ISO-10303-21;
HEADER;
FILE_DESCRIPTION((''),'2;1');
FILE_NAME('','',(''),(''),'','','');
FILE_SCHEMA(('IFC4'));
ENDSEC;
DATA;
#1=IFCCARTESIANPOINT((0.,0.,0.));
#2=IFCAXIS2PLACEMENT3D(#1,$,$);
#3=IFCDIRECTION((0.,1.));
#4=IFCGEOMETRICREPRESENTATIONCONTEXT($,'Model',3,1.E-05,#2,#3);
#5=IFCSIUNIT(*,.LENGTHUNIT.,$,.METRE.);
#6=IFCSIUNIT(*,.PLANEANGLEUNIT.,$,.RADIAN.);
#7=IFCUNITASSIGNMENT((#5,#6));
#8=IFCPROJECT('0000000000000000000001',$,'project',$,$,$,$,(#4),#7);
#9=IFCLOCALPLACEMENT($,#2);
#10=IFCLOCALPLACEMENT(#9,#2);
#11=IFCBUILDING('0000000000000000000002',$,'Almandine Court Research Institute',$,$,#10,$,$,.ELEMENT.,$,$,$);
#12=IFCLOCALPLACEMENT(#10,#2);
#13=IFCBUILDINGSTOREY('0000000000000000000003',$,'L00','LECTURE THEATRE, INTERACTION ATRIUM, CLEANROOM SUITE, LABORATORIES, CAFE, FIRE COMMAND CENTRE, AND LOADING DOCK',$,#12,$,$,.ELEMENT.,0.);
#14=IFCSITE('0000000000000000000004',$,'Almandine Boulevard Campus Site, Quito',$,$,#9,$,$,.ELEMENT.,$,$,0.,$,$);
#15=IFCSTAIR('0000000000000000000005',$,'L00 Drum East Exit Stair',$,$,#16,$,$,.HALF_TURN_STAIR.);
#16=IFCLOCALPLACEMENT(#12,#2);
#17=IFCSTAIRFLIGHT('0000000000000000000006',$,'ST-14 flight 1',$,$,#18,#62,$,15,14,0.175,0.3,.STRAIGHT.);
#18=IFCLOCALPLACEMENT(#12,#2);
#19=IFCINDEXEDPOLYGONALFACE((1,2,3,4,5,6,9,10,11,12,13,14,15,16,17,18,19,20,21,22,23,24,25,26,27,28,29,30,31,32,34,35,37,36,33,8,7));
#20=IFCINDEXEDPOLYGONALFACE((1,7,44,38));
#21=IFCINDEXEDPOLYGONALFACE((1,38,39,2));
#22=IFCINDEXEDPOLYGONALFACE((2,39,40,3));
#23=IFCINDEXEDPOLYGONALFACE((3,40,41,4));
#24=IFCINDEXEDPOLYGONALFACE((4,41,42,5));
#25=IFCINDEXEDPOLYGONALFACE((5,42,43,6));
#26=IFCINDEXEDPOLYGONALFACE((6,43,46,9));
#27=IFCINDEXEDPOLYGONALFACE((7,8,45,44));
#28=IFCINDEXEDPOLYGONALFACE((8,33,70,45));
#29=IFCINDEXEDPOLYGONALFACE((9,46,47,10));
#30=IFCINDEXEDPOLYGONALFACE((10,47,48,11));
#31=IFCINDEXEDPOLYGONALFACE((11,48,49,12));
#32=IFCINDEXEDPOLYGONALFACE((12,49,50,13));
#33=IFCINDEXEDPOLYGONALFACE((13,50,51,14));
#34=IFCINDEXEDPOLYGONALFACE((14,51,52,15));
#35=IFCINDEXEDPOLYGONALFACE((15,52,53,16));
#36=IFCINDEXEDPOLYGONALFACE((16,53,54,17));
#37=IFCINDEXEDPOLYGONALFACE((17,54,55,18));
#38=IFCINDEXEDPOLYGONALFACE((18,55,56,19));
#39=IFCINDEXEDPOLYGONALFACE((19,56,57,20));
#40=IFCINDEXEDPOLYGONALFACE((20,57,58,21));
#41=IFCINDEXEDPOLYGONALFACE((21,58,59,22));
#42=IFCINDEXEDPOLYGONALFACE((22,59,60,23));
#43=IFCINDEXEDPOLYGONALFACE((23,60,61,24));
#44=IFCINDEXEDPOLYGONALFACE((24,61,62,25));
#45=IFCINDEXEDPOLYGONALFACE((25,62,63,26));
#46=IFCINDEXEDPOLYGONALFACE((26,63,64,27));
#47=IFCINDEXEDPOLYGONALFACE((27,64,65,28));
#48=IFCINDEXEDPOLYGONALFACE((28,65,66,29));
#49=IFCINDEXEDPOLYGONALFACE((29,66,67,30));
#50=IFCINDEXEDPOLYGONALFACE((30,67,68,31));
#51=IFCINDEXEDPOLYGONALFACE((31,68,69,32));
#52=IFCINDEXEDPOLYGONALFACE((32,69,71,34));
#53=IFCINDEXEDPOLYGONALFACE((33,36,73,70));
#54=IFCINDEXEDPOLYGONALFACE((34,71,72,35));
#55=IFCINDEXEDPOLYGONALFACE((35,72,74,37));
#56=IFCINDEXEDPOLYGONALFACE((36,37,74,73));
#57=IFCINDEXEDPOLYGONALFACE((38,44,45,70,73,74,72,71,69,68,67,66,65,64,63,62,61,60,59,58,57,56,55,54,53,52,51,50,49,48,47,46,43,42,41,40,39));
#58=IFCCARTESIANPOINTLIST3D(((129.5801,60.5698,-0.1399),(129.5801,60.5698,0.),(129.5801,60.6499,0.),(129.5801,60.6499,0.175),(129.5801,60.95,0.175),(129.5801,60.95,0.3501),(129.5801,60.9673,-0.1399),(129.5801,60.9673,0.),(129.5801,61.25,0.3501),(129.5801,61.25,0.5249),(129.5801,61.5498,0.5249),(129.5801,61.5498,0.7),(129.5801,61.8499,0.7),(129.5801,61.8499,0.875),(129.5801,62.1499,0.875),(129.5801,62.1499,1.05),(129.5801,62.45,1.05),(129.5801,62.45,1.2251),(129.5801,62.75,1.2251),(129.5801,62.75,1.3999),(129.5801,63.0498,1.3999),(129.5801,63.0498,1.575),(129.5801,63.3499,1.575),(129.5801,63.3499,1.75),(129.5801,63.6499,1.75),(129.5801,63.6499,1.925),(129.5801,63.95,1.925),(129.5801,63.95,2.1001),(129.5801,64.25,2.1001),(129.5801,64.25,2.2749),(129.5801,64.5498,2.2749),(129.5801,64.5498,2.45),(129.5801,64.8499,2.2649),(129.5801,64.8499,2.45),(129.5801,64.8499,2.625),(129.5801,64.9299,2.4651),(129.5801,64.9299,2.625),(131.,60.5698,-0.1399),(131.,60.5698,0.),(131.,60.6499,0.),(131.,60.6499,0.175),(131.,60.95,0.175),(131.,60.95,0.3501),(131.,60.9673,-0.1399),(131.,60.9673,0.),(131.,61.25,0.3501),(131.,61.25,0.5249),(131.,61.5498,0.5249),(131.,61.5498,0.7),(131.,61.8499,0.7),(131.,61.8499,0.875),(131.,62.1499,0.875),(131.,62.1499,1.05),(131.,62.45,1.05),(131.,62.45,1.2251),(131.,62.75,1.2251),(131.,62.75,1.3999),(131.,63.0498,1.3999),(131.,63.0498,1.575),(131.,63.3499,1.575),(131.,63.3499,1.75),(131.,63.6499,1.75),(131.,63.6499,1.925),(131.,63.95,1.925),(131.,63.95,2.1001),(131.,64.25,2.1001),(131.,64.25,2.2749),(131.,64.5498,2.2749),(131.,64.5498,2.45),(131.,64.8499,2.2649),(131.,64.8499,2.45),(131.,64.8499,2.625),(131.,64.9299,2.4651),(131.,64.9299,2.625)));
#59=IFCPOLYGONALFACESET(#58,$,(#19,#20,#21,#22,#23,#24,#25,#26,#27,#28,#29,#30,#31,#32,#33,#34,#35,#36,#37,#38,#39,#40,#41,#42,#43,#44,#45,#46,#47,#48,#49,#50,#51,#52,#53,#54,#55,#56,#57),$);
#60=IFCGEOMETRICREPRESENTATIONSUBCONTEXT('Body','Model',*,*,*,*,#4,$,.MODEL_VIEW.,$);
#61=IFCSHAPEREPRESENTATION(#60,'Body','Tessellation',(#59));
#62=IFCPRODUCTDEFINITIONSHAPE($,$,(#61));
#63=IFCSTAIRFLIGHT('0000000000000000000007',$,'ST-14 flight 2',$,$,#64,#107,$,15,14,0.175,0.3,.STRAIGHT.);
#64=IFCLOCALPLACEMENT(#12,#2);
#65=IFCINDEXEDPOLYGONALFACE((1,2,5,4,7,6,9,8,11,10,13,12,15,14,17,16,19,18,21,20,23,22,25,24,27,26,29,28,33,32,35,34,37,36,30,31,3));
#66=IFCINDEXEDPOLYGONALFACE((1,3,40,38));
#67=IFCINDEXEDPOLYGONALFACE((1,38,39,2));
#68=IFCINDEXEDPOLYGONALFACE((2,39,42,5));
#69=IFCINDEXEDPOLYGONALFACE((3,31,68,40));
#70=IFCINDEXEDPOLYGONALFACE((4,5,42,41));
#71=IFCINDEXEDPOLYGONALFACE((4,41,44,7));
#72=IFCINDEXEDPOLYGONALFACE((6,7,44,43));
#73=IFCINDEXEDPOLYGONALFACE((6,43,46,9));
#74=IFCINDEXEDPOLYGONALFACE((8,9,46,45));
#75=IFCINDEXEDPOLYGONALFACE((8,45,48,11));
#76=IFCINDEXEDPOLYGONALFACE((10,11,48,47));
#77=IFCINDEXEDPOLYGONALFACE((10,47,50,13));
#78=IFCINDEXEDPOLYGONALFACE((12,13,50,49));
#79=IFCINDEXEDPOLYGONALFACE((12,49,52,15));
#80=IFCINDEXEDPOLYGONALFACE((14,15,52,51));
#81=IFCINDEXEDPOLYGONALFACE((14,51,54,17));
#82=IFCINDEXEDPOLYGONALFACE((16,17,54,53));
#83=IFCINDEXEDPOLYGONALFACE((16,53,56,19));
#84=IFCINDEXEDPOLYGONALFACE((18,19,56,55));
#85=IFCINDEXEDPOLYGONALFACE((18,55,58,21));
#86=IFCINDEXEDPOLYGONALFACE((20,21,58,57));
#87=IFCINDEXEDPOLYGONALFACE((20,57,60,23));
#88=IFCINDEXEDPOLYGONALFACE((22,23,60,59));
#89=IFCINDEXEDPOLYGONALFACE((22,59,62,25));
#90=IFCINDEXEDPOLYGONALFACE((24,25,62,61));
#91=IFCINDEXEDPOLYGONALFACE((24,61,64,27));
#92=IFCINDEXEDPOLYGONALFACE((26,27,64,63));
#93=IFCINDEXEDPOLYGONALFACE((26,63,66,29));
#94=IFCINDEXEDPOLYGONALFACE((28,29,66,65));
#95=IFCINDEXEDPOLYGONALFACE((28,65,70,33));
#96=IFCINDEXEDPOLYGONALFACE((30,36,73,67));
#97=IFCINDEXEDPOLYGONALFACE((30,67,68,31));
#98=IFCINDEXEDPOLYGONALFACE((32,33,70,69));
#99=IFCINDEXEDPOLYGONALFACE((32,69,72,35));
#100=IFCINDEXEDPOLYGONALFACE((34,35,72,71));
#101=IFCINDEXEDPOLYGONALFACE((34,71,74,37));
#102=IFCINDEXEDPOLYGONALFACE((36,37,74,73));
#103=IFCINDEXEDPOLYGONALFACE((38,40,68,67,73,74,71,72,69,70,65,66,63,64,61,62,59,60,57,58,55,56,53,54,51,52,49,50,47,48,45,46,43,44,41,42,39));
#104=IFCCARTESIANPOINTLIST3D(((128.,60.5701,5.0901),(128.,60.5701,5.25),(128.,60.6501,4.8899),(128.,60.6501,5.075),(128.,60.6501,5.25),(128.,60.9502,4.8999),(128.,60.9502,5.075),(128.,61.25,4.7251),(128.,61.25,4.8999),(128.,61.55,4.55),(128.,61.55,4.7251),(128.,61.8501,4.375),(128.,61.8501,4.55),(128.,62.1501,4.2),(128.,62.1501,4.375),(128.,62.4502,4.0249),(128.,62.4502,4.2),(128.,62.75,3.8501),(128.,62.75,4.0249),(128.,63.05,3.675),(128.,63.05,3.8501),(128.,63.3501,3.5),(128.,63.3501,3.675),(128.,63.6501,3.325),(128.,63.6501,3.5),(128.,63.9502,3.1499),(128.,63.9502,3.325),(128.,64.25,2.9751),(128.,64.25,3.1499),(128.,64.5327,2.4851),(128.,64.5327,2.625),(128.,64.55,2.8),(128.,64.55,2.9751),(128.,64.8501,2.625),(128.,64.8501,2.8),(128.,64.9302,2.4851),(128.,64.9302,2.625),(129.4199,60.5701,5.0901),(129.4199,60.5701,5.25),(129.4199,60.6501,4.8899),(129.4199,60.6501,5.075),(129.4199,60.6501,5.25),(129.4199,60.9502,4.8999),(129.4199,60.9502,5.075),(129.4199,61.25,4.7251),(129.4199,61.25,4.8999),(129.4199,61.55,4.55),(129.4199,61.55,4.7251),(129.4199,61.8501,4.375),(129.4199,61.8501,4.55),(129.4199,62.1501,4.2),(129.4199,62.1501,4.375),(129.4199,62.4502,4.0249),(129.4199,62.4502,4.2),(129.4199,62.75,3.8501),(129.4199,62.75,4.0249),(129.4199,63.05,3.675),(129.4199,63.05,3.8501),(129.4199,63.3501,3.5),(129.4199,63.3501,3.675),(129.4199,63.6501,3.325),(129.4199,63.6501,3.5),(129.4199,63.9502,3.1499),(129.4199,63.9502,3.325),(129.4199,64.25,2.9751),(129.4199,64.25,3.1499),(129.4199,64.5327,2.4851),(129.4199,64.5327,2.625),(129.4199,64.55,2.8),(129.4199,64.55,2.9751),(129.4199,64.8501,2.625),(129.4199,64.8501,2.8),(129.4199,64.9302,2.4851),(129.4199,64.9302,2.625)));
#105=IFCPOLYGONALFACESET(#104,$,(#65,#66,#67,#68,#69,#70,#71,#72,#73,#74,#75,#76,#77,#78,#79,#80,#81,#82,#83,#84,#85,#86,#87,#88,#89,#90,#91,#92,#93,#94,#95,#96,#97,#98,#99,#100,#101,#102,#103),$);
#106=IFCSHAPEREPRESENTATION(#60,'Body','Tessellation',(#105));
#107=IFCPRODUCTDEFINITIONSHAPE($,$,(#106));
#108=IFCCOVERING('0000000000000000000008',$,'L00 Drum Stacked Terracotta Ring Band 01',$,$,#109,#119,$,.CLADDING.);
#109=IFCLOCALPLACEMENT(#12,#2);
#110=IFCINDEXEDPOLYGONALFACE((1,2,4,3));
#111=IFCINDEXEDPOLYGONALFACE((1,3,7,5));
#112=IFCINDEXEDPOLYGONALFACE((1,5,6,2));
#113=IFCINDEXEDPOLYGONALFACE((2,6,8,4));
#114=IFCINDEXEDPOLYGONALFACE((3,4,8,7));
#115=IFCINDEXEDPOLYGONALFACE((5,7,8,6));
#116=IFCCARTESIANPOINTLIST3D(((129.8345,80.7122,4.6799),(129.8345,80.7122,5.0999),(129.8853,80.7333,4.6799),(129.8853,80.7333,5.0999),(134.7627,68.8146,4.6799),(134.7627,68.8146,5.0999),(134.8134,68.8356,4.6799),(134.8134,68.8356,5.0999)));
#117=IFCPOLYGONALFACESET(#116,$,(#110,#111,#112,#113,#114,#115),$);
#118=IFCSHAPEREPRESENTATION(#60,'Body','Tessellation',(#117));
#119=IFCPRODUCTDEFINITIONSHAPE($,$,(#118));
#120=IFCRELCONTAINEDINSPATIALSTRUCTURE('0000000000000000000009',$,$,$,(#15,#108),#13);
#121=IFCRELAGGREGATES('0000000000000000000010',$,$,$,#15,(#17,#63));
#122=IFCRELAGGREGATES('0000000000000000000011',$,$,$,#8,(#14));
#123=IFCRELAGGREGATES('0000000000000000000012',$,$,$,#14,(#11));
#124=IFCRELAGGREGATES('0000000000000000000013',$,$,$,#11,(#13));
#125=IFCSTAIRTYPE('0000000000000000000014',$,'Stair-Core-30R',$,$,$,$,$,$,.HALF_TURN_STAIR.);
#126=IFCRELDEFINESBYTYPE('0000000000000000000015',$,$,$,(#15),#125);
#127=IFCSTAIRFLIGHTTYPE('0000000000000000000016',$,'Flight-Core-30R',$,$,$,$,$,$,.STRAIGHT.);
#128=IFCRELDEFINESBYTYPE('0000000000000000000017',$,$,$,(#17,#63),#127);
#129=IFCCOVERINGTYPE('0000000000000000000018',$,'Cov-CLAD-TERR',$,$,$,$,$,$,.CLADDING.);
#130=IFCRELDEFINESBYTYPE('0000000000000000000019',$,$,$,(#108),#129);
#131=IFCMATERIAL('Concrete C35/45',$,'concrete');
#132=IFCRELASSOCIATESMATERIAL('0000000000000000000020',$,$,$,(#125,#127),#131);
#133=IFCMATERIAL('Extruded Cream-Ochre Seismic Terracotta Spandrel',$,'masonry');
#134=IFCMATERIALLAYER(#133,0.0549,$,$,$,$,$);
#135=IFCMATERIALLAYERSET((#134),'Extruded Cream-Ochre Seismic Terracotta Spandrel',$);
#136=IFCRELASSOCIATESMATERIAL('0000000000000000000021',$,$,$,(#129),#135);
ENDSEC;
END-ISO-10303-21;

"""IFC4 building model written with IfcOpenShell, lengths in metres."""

from ifc_helpers import new_model, si_unit, direction, frame, origin, origin_2d, place, context, subcontext, project, spatial, polyline, rectangle, outline, extrude, material, layer, layer_set, type_object, element, aggregate, save


model = new_model("IFC4")

# Units and contexts
model_context = context("Model", 3, precision=1e-05, world=origin(), true_north=direction((0.0, 1.0)))
body_context = subcontext(model_context, "Body", "Model", "MODEL_VIEW")
ifc_project = project(units=[si_unit("LENGTHUNIT", "METRE"), si_unit("PLANEANGLEUNIT", "RADIAN")], contexts=[model_context])

# Site, building, storey
site_placement = place(None, origin())
site = spatial("IfcSite", under=ifc_project, at=site_placement, Name="Almandine Boulevard Campus Site, Quito", CompositionType="ELEMENT", RefElevation=0.0)
building_placement = place(site_placement, origin())
building = spatial("IfcBuilding", under=site, at=building_placement, Name="Almandine Court Research Institute", CompositionType="ELEMENT")
storey_placement = place(building_placement, origin())
storey = spatial("IfcBuildingStorey", under=building, at=storey_placement, Name="L00", Description="LECTURE THEATRE, INTERACTION ATRIUM, CLEANROOM SUITE, LABORATORIES, CAFE, FIRE COMMAND CENTRE, AND LOADING DOCK", CompositionType="ELEMENT", Elevation=0.0)

# Stair, stair flights
ifc_material_1 = material(Name="Concrete C35/45", Category="concrete")
stair_type = type_object("IfcStairType", Name="Stair-Core-30R", PredefinedType="HALF_TURN_STAIR", material=ifc_material_1)
stair_placement = place(storey_placement, origin())
stair = element("IfcStair", 1, at=stair_placement, inside=storey, type_object=stair_type, Name="L00 Drum East Exit Stair", PredefinedType="HALF_TURN_STAIR")
stair_flight_type = type_object("IfcStairFlightType", Name="Flight-Core-30R", PredefinedType="STRAIGHT", material=ifc_material_1)
stair_flight_1_placement = place(storey_placement, frame((130.29, 60.6499, 0.0), z_axis=(0.0, 0.0, 1.0), x_axis=(0.0, 1.0, 0.0)))
stair_flight_1 = element("IfcStairFlight", 2, at=stair_flight_1_placement, type_object=stair_flight_type, Name="ST-14 flight 1", NumberOfRisers=15, NumberOfTreads=14, PredefinedType="STRAIGHT", RiserHeight=0.175, TreadLength=0.3, context=body_context, shape_type="SweptSolid", body=[
    extrude(outline(polyline([(-0.0801, -0.1399), (-0.0801, 0.0), (0.0, 0.0), (0.0, 0.175), (0.3, 0.175), (0.3, 0.3501), (0.6001, 0.3501), (0.6001, 0.5249), (0.8999, 0.5249), (0.8999, 0.7), (1.2, 0.7), (1.2, 0.875), (1.5, 0.875), (1.5, 1.05), (1.8, 1.05), (1.8, 1.2251), (2.1001, 1.2251), (2.1001, 1.3999), (2.3999, 1.3999), (2.3999, 1.575), (2.7, 1.575), (2.7, 1.75), (3.0, 1.75), (3.0, 1.925), (3.3, 1.925), (3.3, 2.1001), (3.6001, 2.1001), (3.6001, 2.2749), (3.8999, 2.2749), (3.8999, 2.45), (4.2, 2.45), (4.2, 2.625), (4.28, 2.625), (4.28, 2.4651), (4.2, 2.2649), (0.3174, 0.0), (0.3174, -0.1399), (-0.0801, -0.1399)])), frame((0.0, 0.71, 0.0), z_axis=(0.0, -1.0, 0.0), x_axis=(1.0, 0.0, 0.0)), (0.0, 0.0, 1.0), 1.4199),
])
stair_flight_2_placement = place(storey_placement, frame((128.71, 64.8501, 2.625), z_axis=(0.0, 0.0, 1.0), x_axis=(0.0, -1.0, 0.0)))
stair_flight_2 = element("IfcStairFlight", 3, at=stair_flight_2_placement, type_object=stair_flight_type, Name="ST-14 flight 2", NumberOfRisers=15, NumberOfTreads=14, PredefinedType="STRAIGHT", RiserHeight=0.175, TreadLength=0.3, context=body_context, shape_type="SweptSolid", body=[
    extrude(outline(polyline([(-0.0801, -0.1399), (-0.0801, 0.0), (0.0, 0.0), (0.0, 0.175), (0.3, 0.175), (0.3, 0.3501), (0.6001, 0.3501), (0.6001, 0.5249), (0.8999, 0.5249), (0.8999, 0.7), (1.2, 0.7), (1.2, 0.875), (1.5, 0.875), (1.5, 1.05), (1.8, 1.05), (1.8, 1.2251), (2.1001, 1.2251), (2.1001, 1.3999), (2.3999, 1.3999), (2.3999, 1.575), (2.7, 1.575), (2.7, 1.75), (3.0, 1.75), (3.0, 1.925), (3.3, 1.925), (3.3, 2.1001), (3.6001, 2.1001), (3.6001, 2.2749), (3.8999, 2.2749), (3.8999, 2.45), (4.2, 2.45), (4.2, 2.625), (4.28, 2.625), (4.28, 2.4651), (4.2, 2.2649), (0.3174, 0.0), (0.3174, -0.1399), (-0.0801, -0.1399)])), frame((0.0, 0.71, 0.0), z_axis=(0.0, -1.0, 0.0), x_axis=(1.0, 0.0, 0.0)), (0.0, 0.0, 1.0), 1.4199),
])
aggregate(stair, [stair_flight_1, stair_flight_2])

# Covering
ifc_material_2 = material(Name="Extruded Cream-Ochre Seismic Terracotta Spandrel", Category="masonry")
ifc_layer_1 = layer(ifc_material_2, 0.0549)
ifc_layer_set_1 = layer_set([ifc_layer_1], Name="Extruded Cream-Ochre Seismic Terracotta Spandrel")
covering_type = type_object("IfcCoveringType", Name="Cov-CLAD-TERR", PredefinedType="CLADDING", material=ifc_layer_set_1)
covering_placement = place(storey_placement, frame((132.324, 74.7739, 4.6799), z_axis=(0.0, 0.0, 1.0), x_axis=(0.382683, -0.92388, 0.0)))
element("IfcCovering", 4, at=covering_placement, inside=storey, type_object=covering_type, Name="L00 Drum Stacked Terracotta Ring Band 01", PredefinedType="CLADDING", context=body_context, shape_type="SweptSolid", body=[
    extrude(rectangle(XDim=12.8779, YDim=0.0549, at=origin_2d()), origin(), (0.0, 0.0, 1.0), 0.4199),
])

save(model, "model.ifc")
